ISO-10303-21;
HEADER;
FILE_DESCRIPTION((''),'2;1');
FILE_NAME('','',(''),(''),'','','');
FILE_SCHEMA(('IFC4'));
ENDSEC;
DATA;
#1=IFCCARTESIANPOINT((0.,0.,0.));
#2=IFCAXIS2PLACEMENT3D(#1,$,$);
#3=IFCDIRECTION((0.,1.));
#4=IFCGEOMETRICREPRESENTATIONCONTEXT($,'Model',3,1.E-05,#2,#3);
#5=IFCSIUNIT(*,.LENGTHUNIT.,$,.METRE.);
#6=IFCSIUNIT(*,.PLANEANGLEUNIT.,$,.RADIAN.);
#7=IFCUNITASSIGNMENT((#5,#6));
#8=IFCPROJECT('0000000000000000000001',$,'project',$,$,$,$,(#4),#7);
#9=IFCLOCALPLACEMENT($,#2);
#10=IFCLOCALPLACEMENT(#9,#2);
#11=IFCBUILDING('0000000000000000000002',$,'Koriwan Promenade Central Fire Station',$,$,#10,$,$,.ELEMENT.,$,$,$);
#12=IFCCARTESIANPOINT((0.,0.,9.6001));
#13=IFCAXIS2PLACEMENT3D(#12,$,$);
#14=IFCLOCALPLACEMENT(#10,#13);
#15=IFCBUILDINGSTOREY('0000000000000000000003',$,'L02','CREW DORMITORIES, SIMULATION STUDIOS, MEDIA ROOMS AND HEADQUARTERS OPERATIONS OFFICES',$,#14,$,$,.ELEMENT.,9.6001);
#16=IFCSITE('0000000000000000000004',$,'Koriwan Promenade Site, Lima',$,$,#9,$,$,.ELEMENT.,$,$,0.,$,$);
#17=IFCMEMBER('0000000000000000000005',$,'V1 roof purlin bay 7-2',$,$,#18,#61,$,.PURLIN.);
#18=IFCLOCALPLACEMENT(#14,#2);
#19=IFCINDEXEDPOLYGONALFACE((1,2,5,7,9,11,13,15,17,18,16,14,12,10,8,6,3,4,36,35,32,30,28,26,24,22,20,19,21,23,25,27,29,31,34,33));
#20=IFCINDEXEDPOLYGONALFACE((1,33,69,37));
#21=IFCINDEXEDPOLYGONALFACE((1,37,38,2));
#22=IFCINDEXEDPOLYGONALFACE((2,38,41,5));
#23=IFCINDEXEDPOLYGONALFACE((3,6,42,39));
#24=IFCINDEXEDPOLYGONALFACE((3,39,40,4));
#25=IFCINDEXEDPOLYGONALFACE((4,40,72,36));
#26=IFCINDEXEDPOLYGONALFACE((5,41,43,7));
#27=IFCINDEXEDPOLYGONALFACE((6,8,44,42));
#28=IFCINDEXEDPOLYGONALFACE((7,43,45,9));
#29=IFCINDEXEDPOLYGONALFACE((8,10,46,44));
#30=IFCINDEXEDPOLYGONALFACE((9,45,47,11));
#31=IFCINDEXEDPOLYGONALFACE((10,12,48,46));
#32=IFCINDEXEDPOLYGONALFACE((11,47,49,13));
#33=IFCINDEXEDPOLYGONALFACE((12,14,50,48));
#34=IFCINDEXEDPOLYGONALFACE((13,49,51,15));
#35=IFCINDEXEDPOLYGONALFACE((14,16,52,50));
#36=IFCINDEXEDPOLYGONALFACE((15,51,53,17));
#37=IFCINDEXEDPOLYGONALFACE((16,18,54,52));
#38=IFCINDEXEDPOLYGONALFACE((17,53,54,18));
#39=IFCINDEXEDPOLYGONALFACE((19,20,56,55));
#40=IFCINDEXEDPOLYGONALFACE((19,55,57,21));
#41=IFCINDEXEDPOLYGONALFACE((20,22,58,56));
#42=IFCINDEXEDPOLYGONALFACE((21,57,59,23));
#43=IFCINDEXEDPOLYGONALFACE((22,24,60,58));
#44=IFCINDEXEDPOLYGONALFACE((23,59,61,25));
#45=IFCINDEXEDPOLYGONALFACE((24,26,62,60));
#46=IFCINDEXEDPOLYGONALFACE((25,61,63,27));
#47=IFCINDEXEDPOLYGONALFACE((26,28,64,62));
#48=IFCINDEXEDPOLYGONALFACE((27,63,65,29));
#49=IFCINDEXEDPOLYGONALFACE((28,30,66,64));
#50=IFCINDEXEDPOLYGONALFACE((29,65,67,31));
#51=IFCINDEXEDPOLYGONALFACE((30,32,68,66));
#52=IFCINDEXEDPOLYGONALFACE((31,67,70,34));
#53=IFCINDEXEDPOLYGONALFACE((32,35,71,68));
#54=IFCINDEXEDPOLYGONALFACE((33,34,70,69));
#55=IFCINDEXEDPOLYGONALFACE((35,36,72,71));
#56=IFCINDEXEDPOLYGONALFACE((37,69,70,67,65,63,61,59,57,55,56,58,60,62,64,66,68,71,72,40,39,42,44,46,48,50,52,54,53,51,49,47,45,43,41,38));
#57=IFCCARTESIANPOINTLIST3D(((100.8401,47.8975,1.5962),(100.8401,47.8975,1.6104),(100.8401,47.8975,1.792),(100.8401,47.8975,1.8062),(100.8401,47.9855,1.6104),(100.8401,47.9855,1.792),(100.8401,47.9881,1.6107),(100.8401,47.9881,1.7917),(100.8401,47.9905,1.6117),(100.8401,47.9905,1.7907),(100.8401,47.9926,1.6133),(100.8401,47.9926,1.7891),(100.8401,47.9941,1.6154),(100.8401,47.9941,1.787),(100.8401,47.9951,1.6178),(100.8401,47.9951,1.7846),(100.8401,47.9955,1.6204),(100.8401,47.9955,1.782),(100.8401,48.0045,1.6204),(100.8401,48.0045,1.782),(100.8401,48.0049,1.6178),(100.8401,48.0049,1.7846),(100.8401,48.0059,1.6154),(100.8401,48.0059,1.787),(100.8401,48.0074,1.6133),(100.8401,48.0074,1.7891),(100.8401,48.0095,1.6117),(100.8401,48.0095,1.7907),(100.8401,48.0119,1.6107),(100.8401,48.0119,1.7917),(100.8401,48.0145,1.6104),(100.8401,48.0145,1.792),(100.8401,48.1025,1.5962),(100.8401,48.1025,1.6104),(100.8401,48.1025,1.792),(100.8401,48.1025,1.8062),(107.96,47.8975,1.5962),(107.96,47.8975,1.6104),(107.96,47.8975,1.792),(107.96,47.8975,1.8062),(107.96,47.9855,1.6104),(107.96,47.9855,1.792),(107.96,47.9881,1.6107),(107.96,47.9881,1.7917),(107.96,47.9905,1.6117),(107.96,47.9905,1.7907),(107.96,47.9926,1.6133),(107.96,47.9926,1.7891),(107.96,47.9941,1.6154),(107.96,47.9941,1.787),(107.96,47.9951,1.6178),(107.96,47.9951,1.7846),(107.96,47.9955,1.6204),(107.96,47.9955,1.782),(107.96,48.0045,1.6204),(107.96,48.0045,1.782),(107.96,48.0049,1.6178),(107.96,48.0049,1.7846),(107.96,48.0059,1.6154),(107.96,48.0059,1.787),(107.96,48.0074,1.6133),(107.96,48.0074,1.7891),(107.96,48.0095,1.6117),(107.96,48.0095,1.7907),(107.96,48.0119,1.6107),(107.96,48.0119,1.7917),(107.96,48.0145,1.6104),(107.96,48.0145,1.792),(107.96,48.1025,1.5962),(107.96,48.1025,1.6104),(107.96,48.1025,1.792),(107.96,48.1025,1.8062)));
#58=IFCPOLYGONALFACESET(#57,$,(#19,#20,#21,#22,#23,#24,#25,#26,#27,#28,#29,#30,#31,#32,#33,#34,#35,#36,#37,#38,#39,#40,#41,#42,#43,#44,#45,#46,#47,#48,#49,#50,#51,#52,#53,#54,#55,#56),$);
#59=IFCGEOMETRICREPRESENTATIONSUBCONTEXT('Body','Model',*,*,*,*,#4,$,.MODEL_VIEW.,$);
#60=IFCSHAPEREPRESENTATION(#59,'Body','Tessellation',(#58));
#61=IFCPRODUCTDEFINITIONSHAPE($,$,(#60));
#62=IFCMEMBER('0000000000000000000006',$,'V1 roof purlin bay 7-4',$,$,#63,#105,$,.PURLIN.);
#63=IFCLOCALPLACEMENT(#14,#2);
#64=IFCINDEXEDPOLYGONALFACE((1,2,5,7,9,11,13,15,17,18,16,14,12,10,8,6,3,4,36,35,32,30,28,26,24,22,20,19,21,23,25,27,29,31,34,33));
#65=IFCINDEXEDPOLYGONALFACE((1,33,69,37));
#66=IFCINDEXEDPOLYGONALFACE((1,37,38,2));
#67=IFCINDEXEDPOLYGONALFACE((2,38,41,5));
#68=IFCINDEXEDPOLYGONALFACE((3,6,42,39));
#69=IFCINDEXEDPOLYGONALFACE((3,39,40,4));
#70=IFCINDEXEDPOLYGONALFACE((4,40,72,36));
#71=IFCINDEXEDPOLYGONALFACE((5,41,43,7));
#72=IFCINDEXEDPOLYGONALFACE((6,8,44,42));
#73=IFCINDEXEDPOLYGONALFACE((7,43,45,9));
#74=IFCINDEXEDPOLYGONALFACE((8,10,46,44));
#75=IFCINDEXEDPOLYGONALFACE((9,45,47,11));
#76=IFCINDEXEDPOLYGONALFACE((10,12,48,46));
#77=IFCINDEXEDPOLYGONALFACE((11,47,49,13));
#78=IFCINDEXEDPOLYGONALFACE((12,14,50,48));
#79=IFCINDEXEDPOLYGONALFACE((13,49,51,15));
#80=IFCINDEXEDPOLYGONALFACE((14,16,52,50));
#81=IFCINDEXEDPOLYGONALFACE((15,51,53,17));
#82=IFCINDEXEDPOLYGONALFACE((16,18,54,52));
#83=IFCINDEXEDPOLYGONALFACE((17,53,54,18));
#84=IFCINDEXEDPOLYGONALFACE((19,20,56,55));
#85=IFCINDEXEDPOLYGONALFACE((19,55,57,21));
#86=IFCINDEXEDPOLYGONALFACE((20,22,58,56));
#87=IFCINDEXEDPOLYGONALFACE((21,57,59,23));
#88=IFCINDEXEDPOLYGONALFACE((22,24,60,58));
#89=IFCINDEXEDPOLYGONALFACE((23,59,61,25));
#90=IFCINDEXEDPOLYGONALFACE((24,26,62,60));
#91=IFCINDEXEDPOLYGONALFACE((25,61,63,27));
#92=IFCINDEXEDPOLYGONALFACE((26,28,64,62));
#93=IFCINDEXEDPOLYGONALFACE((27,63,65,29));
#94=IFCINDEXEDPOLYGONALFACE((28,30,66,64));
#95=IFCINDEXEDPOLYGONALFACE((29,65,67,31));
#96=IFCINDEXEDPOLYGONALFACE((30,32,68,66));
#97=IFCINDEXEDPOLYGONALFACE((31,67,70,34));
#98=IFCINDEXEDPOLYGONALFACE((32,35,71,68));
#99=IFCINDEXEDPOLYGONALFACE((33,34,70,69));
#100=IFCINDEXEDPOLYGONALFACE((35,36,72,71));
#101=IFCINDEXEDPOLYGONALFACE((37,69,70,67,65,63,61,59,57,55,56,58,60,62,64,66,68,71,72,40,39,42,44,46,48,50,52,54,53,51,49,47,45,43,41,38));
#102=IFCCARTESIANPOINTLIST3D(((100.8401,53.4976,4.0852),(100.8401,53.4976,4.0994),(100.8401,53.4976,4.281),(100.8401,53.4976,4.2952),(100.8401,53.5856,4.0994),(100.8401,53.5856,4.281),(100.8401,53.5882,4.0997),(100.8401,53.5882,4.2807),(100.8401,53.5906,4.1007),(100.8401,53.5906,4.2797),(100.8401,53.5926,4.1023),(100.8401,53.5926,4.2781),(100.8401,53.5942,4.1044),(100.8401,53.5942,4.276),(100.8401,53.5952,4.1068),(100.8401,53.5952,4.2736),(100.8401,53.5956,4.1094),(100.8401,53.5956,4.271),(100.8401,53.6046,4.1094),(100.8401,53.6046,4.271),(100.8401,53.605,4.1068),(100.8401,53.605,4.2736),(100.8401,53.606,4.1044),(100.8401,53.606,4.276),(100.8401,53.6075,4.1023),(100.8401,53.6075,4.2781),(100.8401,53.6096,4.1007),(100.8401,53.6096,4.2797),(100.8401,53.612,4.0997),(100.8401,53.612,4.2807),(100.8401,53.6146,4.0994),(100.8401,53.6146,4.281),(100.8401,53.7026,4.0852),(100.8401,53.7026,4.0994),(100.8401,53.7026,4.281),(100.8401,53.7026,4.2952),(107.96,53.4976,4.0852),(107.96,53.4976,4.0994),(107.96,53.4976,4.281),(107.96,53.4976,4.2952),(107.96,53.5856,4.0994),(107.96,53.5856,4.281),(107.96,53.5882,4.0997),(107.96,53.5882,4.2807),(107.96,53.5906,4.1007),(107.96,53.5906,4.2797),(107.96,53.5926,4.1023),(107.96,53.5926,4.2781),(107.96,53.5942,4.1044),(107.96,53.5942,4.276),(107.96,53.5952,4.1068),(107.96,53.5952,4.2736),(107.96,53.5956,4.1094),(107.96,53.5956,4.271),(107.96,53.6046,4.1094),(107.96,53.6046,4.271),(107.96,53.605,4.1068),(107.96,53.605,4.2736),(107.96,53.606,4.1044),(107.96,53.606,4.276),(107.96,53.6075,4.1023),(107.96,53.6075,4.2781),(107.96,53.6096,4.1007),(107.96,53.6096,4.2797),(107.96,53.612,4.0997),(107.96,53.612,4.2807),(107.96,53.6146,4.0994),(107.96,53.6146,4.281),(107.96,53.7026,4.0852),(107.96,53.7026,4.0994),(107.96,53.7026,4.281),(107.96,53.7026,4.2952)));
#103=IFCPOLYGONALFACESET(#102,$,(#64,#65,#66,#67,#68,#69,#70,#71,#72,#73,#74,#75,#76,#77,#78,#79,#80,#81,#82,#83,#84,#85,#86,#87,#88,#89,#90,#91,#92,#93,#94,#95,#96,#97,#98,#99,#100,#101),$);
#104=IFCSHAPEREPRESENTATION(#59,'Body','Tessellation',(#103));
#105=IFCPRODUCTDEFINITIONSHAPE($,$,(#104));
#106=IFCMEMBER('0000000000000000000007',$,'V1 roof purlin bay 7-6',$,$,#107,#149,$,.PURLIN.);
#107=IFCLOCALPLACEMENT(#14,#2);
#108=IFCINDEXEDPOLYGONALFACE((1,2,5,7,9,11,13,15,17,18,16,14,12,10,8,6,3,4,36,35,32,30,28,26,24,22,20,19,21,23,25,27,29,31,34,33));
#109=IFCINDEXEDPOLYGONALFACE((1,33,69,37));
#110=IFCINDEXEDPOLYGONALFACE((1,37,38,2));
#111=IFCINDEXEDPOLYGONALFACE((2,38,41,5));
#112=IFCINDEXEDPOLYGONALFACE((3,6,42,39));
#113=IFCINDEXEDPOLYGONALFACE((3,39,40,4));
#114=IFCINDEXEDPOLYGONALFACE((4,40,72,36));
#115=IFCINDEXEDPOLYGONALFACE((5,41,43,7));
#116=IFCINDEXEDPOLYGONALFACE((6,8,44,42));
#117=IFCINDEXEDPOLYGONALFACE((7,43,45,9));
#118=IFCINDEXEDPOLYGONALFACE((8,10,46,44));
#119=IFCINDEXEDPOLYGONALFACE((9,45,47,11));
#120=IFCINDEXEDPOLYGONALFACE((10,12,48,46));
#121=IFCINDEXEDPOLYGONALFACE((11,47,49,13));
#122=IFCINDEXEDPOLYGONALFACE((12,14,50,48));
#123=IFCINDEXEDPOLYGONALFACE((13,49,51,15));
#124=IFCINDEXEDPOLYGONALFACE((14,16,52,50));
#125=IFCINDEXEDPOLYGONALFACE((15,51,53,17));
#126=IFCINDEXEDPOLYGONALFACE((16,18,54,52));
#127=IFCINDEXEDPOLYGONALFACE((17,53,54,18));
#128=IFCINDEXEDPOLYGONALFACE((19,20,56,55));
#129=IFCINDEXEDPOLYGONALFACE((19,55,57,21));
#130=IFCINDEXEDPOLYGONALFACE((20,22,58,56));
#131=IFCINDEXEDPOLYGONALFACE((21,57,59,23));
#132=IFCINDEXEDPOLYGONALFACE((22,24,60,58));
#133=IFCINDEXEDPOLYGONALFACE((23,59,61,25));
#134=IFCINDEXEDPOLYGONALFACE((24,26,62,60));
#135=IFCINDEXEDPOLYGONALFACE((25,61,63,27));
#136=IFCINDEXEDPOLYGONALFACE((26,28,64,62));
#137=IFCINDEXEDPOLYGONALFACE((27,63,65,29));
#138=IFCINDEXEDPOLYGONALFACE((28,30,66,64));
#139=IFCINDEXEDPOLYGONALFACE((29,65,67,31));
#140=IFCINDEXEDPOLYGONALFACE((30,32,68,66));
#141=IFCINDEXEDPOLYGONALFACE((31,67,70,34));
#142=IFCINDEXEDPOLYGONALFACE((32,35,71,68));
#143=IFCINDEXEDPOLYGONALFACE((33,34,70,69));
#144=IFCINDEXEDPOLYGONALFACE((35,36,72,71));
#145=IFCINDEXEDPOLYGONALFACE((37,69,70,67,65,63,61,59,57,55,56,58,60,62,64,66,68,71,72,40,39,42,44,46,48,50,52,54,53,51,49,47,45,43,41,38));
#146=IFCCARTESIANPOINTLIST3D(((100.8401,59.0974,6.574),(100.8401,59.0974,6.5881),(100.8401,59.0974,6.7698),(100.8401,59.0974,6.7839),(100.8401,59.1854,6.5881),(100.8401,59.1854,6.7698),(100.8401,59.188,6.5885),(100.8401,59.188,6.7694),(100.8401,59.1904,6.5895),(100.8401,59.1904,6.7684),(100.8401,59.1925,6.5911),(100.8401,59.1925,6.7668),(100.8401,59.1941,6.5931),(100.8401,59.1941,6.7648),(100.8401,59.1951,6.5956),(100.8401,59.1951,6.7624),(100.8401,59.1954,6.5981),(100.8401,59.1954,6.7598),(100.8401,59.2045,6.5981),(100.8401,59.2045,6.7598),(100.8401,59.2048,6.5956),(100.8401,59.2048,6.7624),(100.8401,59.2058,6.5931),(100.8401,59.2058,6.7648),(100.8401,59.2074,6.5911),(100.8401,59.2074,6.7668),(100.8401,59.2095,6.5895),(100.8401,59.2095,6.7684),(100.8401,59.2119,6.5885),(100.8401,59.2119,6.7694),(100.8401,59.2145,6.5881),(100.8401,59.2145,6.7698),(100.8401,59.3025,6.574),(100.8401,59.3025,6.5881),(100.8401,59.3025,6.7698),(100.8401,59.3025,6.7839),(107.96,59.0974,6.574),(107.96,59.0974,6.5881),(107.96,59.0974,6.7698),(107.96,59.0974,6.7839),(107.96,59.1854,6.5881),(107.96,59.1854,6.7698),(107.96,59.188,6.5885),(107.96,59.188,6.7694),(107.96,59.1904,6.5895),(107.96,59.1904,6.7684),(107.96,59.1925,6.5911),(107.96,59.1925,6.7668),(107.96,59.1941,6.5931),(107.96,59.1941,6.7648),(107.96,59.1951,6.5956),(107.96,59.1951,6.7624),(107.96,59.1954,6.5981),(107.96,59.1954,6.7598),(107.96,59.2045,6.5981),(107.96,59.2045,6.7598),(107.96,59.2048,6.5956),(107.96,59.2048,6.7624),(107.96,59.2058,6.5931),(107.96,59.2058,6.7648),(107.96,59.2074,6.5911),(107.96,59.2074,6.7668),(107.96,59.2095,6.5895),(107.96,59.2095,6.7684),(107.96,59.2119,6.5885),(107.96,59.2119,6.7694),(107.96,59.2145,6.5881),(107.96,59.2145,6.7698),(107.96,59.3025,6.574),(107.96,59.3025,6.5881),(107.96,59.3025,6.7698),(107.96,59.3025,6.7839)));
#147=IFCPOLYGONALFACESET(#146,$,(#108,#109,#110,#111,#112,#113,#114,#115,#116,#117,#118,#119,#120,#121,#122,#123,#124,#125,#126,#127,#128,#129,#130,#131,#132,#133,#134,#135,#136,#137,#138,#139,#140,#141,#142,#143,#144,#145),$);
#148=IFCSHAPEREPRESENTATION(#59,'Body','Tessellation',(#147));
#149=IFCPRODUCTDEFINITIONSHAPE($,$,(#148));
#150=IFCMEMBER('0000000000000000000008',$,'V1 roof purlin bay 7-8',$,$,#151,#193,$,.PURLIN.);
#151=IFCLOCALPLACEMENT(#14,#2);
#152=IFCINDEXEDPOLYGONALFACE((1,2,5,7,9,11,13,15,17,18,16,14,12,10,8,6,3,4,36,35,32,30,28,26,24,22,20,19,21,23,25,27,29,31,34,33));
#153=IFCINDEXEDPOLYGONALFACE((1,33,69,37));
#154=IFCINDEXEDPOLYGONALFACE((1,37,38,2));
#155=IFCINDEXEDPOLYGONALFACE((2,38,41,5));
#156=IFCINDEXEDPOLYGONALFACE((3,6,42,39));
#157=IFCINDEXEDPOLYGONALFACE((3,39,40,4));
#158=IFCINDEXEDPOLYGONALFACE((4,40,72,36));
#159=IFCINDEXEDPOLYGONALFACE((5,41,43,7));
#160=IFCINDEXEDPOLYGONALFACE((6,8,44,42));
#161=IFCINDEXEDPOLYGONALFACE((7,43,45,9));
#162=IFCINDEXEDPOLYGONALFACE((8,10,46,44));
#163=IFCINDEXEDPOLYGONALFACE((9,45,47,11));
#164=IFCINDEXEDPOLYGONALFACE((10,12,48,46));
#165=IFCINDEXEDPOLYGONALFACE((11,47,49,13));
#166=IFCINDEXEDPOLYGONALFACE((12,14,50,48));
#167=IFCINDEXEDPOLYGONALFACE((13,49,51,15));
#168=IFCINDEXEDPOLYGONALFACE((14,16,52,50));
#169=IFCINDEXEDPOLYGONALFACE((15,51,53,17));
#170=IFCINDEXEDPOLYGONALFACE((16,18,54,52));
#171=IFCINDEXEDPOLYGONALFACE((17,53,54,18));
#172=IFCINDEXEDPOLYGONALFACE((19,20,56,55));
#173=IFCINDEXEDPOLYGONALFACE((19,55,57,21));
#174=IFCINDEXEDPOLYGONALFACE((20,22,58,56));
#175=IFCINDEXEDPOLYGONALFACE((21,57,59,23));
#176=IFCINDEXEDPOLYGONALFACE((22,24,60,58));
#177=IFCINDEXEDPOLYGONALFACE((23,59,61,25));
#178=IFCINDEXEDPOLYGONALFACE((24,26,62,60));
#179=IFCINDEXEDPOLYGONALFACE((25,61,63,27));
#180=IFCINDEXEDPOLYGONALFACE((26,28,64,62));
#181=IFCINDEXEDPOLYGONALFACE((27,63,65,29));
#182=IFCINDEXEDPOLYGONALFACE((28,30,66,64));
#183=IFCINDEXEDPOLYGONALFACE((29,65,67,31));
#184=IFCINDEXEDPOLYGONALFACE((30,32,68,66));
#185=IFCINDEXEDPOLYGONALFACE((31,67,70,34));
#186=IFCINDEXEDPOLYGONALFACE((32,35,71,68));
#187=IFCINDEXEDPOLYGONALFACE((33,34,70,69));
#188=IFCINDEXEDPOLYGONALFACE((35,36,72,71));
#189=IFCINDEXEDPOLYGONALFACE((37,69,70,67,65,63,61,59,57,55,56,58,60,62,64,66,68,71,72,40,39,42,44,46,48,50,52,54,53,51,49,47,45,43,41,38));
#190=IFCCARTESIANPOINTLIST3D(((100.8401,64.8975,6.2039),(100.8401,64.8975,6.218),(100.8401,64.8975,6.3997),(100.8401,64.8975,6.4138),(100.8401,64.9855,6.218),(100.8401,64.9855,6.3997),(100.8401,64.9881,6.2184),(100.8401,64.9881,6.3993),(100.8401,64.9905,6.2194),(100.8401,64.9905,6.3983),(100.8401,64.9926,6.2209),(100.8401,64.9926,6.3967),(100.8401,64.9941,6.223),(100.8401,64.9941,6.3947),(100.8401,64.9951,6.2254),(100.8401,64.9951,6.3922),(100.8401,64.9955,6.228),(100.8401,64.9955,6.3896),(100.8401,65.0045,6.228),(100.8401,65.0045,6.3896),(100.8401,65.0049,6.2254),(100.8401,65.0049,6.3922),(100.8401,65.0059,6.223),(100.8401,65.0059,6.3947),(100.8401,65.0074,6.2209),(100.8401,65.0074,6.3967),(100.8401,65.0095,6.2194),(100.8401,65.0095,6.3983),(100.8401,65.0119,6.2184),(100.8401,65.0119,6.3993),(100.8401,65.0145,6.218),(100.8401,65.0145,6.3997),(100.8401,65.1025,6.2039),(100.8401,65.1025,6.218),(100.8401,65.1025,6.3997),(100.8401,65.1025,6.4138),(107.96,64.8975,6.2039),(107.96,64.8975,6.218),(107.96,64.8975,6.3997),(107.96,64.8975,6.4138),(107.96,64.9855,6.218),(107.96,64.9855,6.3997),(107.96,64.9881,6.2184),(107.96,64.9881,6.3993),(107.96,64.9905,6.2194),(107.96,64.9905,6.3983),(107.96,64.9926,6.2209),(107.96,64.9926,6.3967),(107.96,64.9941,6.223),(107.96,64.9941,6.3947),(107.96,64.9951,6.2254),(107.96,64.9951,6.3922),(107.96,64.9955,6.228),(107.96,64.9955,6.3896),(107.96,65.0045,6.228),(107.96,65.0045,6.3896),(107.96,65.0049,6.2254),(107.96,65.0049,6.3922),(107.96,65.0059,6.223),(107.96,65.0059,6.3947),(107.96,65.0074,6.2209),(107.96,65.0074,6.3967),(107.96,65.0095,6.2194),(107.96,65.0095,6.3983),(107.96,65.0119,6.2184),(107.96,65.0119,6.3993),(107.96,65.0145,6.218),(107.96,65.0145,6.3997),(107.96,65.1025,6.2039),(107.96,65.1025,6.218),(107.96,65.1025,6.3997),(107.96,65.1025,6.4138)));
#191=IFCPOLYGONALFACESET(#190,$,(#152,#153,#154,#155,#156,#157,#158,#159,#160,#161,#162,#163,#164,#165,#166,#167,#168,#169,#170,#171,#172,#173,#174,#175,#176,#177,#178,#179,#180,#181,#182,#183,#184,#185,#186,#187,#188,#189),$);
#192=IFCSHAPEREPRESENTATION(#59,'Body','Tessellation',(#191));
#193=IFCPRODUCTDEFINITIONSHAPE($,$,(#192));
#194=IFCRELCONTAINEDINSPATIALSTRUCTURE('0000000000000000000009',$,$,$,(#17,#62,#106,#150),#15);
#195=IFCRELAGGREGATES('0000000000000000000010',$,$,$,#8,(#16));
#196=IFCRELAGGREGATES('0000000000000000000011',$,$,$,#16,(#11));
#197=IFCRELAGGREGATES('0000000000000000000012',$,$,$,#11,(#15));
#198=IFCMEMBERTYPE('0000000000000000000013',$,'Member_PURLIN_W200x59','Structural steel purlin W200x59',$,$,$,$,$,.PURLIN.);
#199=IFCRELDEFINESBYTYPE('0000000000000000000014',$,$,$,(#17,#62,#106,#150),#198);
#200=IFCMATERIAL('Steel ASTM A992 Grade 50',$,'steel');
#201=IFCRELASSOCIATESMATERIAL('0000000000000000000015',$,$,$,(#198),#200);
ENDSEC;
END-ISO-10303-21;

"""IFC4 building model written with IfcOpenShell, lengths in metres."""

from ifc_helpers import new_model, si_unit, direction, frame, origin, origin_2d, place, context, subcontext, project, spatial, i_section, extrude, material, material_profile, profile_set, type_object, element, save


model = new_model("IFC4")

# Units and contexts
model_context = context("Model", 3, precision=1e-05, world=origin(), true_north=direction((0.0, 1.0)))
body_context = subcontext(model_context, "Body", "Model", "MODEL_VIEW")
ifc_project = project(units=[si_unit("LENGTHUNIT", "METRE"), si_unit("PLANEANGLEUNIT", "RADIAN")], contexts=[model_context])

# Site, building, storey
site_placement = place(None, origin())
site = spatial("IfcSite", under=ifc_project, at=site_placement, Name="Koriwan Promenade Site, Lima", CompositionType="ELEMENT", RefElevation=0.0)
building_placement = place(site_placement, origin())
building = spatial("IfcBuilding", under=site, at=building_placement, Name="Koriwan Promenade Central Fire Station", CompositionType="ELEMENT")
storey_placement = place(building_placement, frame((0.0, 0.0, 9.6001)))
storey = spatial("IfcBuildingStorey", under=building, at=storey_placement, Name="L02", Description="CREW DORMITORIES, SIMULATION STUDIOS, MEDIA ROOMS AND HEADQUARTERS OPERATIONS OFFICES", CompositionType="ELEMENT", Elevation=9.6001)

# Members
ifc_material_1 = material(Name="Steel ASTM A992 Grade 50", Category="steel")
ifc_material_profile_1 = material_profile(ifc_material_1, i_section(OverallWidth=0.2051, OverallDepth=0.21, WebThickness=0.009, FlangeThickness=0.0142, FilletRadius=0.01, at=origin_2d()), Name="W200x59")
ifc_profile_set_1 = profile_set([ifc_material_profile_1], Name="Steel ASTM A992 Grade 50")
member_type_1 = type_object("IfcMemberType", Name="Member_PURLIN_W200x59", Description="Structural steel purlin W200x59", PredefinedType="PURLIN", material=ifc_profile_set_1)
for number, where, z_axis, x_axis, name in (
    (1, (100.8401, 48.0, 1.7012), (1.0, 0.0, 0.0), (0.0, 1.0, 0.0), "V1 roof purlin bay 7-2"),
    (2, (100.8401, 53.6001, 4.1902), (1.0, 0.0, 0.0), (0.0, 1.0, 0.0), "V1 roof purlin bay 7-4"),
    (3, (100.8401, 59.2, 6.679), (1.0, 0.0, 0.0), (0.0, 1.0, 0.0), "V1 roof purlin bay 7-6"),
    (4, (100.8401, 65.0, 6.3088), (1.0, 0.0, 0.0), (0.0, 1.0, 0.0), "V1 roof purlin bay 7-8"),
):
    element("IfcMember", number, at=place(storey_placement, frame(where, z_axis=z_axis, x_axis=x_axis)), inside=storey, type_object=member_type_1, Name=name, PredefinedType="PURLIN", context=body_context, shape_type="SweptSolid", body=[
        extrude(i_section(OverallWidth=0.2051, OverallDepth=0.21, WebThickness=0.009, FlangeThickness=0.0142, FilletRadius=0.01, at=origin_2d()), origin(), (0.0, 0.0, 1.0), 7.1199),
    ])

save(model, "model.ifc")
